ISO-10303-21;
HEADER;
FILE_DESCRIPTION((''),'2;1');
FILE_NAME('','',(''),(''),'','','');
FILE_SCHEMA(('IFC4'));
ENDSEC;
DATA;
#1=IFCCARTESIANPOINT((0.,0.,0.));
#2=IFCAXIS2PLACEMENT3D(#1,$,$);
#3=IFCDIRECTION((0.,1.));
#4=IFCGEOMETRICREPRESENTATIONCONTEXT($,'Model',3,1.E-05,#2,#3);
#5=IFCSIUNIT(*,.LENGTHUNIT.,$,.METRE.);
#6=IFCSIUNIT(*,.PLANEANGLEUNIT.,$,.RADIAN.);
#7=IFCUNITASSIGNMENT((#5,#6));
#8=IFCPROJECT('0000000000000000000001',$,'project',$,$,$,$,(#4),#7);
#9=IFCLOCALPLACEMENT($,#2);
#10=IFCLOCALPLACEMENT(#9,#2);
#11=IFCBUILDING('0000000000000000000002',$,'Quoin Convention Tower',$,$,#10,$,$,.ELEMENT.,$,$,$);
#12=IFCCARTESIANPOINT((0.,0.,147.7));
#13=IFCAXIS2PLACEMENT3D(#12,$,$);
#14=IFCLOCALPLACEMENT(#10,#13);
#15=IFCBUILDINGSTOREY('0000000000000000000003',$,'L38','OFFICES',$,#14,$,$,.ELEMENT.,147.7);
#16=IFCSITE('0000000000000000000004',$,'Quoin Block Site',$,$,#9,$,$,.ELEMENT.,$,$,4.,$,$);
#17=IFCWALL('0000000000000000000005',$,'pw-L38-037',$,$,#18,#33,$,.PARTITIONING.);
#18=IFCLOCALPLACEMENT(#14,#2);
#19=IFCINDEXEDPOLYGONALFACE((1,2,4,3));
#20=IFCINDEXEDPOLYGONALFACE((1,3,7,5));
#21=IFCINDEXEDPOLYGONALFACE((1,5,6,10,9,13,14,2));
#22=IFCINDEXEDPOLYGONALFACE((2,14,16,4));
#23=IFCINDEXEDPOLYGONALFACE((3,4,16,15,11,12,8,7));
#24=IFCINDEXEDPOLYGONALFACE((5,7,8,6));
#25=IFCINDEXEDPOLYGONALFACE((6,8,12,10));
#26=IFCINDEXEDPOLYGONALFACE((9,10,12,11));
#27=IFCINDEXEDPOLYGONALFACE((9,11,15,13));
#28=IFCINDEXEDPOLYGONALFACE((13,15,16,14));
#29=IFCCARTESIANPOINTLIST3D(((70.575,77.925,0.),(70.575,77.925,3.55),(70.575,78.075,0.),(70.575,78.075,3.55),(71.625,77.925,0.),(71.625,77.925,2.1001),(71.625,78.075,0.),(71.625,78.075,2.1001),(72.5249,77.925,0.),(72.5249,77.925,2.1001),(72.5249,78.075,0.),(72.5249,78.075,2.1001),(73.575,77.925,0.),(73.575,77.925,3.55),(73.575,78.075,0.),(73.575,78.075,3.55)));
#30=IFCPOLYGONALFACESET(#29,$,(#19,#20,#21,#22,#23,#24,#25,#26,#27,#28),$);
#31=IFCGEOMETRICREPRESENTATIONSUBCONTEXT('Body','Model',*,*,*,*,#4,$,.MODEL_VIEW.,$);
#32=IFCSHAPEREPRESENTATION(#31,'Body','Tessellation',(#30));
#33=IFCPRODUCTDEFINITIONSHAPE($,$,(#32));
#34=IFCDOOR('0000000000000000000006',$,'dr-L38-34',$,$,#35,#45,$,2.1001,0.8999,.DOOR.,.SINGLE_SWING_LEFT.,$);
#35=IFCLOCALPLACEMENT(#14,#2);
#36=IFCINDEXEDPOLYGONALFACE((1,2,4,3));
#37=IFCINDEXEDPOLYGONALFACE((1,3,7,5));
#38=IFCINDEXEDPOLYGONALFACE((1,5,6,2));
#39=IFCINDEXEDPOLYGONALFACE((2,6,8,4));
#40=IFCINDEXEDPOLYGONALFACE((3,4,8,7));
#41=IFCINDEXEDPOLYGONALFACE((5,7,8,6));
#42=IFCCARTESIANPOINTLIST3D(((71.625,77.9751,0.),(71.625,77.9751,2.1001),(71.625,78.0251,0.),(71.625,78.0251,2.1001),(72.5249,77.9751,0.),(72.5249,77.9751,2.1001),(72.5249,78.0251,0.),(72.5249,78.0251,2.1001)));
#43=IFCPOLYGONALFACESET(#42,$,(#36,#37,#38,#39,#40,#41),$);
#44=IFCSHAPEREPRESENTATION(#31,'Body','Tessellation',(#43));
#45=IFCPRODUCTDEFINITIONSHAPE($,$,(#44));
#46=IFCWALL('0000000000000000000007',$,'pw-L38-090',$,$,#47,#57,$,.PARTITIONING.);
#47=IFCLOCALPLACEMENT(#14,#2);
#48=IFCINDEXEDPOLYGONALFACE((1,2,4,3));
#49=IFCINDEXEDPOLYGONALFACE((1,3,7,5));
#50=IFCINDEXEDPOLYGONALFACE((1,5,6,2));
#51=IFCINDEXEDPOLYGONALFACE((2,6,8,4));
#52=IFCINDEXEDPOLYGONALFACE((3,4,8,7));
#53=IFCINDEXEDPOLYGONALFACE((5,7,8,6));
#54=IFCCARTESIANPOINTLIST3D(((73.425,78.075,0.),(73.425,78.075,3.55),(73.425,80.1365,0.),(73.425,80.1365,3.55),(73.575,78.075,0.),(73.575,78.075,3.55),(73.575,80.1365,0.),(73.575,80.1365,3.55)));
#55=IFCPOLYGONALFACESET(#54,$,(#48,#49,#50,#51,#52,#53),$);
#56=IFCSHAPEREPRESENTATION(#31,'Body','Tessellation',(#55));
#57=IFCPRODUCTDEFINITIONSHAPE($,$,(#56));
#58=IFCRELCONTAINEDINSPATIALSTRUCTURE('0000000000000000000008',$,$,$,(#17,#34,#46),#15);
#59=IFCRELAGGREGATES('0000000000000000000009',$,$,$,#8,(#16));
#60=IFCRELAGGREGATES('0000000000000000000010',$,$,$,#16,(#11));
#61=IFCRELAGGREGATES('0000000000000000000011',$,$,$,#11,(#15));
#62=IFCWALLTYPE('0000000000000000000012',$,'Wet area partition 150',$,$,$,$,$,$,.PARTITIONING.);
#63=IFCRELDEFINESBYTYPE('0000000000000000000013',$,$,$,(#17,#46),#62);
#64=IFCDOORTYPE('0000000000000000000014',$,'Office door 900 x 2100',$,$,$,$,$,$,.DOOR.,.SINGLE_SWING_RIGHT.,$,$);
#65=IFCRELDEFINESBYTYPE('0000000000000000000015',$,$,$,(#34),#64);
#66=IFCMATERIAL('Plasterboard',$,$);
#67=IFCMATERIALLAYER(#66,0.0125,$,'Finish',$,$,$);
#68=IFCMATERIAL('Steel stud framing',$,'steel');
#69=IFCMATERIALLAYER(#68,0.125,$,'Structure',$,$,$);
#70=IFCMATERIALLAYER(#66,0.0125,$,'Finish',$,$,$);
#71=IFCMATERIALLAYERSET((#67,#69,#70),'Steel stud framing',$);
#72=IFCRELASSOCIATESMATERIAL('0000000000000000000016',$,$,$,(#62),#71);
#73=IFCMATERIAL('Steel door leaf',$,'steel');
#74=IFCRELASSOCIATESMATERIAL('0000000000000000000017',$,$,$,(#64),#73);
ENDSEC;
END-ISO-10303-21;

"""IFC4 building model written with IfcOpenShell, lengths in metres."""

from ifc_helpers import new_model, si_unit, direction, frame, frame_2d, origin, place, context, subcontext, project, spatial, rectangle, extrude, material, layer, layer_set, type_object, element, fill, save


model = new_model("IFC4")

# Units and contexts
model_context = context("Model", 3, precision=1e-05, world=origin(), true_north=direction((0.0, 1.0)))
body_context = subcontext(model_context, "Body", "Model", "MODEL_VIEW")
ifc_project = project(units=[si_unit("LENGTHUNIT", "METRE"), si_unit("PLANEANGLEUNIT", "RADIAN")], contexts=[model_context])

# Site, building, storey
site_placement = place(None, origin())
site = spatial("IfcSite", under=ifc_project, at=site_placement, Name="Quoin Block Site", CompositionType="ELEMENT", RefElevation=4.0)
building_placement = place(site_placement, origin())
building = spatial("IfcBuilding", under=site, at=building_placement, Name="Quoin Convention Tower", CompositionType="ELEMENT")
storey_placement = place(building_placement, frame((0.0, 0.0, 147.7)))
storey = spatial("IfcBuildingStorey", under=building, at=storey_placement, Name="L38", Description="OFFICES", CompositionType="ELEMENT", Elevation=147.7)

# Shared definitions
ifc_material_1 = material(Name="Plasterboard")
ifc_material_2 = material(Name="Steel stud framing", Category="steel")

# Wall, opening, door
ifc_layer_1 = layer(ifc_material_1, 0.0125, Name="Finish")
ifc_layer_2 = layer(ifc_material_2, 0.125, Name="Structure")
ifc_layer_3 = layer(ifc_material_1, 0.0125, Name="Finish")
ifc_layer_set_1 = layer_set([ifc_layer_1, ifc_layer_2, ifc_layer_3], Name="Steel stud framing")
wall_type_1 = type_object("IfcWallType", Name="Wet area partition 150", PredefinedType="PARTITIONING", material=ifc_layer_set_1)
wall_1_placement = place(storey_placement, frame((70.575, 78.0, 0.0), z_axis=(0.0, 0.0, 1.0), x_axis=(1.0, 0.0, 0.0)))
wall_1 = element("IfcWall", 1, at=wall_1_placement, inside=storey, type_object=wall_type_1, Name="pw-L38-037", PredefinedType="PARTITIONING", context=body_context, shape_type="SweptSolid", body=[
    extrude(rectangle(XDim=3.0, YDim=0.1499, at=frame_2d((1.5, 0.0))), origin(), (0.0, 0.0, 1.0), 3.55),
])
opening_1_placement = place(wall_1_placement, frame((1.05, 0.0, 0.0)))
opening_1 = element("IfcOpeningElement", 2, at=opening_1_placement, cuts=wall_1, PredefinedType="OPENING", context=body_context, shape_type="SweptSolid", body=[
    extrude(rectangle(XDim=0.8999, YDim=2.1001, at=frame_2d((0.45, 1.05))), frame((0.0, 0.085, 0.0), z_axis=(0.0, -1.0, 0.0), x_axis=(1.0, 0.0, 0.0)), (0.0, 0.0, 1.0), 0.1699),
])
ifc_material_3 = material(Name="Steel door leaf", Category="steel")
door_type = type_object("IfcDoorType", Name="Office door 900 x 2100", OperationType="SINGLE_SWING_RIGHT", PredefinedType="DOOR", material=ifc_material_3)
door_placement = place(opening_1_placement, frame((0.8999, 0.0, 0.0), z_axis=(0.0, 0.0, 1.0), x_axis=(-1.0, 0.0, 0.0)))
door = element("IfcDoor", 3, at=door_placement, inside=storey, type_object=door_type, Name="dr-L38-34", OperationType="SINGLE_SWING_LEFT", OverallHeight=2.1001, OverallWidth=0.8999, PredefinedType="DOOR", context=body_context, shape_type="SweptSolid", body=[
    extrude(rectangle(XDim=0.8999, YDim=2.1001, at=frame_2d((0.45, 1.05))), frame((0.0, 0.0249, 0.0), z_axis=(0.0, -1.0, 0.0), x_axis=(1.0, 0.0, 0.0)), (0.0, 0.0, 1.0), 0.05),
])
fill(opening_1, door)

# Wall
wall_2_placement = place(storey_placement, frame((73.5, 78.075, 0.0), z_axis=(0.0, 0.0, 1.0), x_axis=(0.0, 1.0, 0.0)))
element("IfcWall", 4, at=wall_2_placement, inside=storey, type_object=wall_type_1, Name="pw-L38-090", PredefinedType="PARTITIONING", context=body_context, shape_type="SweptSolid", body=[
    extrude(rectangle(XDim=2.0615, YDim=0.1499, at=frame_2d((1.0308, 0.0))), origin(), (0.0, 0.0, 1.0), 3.55),
])

save(model, "model.ifc")
